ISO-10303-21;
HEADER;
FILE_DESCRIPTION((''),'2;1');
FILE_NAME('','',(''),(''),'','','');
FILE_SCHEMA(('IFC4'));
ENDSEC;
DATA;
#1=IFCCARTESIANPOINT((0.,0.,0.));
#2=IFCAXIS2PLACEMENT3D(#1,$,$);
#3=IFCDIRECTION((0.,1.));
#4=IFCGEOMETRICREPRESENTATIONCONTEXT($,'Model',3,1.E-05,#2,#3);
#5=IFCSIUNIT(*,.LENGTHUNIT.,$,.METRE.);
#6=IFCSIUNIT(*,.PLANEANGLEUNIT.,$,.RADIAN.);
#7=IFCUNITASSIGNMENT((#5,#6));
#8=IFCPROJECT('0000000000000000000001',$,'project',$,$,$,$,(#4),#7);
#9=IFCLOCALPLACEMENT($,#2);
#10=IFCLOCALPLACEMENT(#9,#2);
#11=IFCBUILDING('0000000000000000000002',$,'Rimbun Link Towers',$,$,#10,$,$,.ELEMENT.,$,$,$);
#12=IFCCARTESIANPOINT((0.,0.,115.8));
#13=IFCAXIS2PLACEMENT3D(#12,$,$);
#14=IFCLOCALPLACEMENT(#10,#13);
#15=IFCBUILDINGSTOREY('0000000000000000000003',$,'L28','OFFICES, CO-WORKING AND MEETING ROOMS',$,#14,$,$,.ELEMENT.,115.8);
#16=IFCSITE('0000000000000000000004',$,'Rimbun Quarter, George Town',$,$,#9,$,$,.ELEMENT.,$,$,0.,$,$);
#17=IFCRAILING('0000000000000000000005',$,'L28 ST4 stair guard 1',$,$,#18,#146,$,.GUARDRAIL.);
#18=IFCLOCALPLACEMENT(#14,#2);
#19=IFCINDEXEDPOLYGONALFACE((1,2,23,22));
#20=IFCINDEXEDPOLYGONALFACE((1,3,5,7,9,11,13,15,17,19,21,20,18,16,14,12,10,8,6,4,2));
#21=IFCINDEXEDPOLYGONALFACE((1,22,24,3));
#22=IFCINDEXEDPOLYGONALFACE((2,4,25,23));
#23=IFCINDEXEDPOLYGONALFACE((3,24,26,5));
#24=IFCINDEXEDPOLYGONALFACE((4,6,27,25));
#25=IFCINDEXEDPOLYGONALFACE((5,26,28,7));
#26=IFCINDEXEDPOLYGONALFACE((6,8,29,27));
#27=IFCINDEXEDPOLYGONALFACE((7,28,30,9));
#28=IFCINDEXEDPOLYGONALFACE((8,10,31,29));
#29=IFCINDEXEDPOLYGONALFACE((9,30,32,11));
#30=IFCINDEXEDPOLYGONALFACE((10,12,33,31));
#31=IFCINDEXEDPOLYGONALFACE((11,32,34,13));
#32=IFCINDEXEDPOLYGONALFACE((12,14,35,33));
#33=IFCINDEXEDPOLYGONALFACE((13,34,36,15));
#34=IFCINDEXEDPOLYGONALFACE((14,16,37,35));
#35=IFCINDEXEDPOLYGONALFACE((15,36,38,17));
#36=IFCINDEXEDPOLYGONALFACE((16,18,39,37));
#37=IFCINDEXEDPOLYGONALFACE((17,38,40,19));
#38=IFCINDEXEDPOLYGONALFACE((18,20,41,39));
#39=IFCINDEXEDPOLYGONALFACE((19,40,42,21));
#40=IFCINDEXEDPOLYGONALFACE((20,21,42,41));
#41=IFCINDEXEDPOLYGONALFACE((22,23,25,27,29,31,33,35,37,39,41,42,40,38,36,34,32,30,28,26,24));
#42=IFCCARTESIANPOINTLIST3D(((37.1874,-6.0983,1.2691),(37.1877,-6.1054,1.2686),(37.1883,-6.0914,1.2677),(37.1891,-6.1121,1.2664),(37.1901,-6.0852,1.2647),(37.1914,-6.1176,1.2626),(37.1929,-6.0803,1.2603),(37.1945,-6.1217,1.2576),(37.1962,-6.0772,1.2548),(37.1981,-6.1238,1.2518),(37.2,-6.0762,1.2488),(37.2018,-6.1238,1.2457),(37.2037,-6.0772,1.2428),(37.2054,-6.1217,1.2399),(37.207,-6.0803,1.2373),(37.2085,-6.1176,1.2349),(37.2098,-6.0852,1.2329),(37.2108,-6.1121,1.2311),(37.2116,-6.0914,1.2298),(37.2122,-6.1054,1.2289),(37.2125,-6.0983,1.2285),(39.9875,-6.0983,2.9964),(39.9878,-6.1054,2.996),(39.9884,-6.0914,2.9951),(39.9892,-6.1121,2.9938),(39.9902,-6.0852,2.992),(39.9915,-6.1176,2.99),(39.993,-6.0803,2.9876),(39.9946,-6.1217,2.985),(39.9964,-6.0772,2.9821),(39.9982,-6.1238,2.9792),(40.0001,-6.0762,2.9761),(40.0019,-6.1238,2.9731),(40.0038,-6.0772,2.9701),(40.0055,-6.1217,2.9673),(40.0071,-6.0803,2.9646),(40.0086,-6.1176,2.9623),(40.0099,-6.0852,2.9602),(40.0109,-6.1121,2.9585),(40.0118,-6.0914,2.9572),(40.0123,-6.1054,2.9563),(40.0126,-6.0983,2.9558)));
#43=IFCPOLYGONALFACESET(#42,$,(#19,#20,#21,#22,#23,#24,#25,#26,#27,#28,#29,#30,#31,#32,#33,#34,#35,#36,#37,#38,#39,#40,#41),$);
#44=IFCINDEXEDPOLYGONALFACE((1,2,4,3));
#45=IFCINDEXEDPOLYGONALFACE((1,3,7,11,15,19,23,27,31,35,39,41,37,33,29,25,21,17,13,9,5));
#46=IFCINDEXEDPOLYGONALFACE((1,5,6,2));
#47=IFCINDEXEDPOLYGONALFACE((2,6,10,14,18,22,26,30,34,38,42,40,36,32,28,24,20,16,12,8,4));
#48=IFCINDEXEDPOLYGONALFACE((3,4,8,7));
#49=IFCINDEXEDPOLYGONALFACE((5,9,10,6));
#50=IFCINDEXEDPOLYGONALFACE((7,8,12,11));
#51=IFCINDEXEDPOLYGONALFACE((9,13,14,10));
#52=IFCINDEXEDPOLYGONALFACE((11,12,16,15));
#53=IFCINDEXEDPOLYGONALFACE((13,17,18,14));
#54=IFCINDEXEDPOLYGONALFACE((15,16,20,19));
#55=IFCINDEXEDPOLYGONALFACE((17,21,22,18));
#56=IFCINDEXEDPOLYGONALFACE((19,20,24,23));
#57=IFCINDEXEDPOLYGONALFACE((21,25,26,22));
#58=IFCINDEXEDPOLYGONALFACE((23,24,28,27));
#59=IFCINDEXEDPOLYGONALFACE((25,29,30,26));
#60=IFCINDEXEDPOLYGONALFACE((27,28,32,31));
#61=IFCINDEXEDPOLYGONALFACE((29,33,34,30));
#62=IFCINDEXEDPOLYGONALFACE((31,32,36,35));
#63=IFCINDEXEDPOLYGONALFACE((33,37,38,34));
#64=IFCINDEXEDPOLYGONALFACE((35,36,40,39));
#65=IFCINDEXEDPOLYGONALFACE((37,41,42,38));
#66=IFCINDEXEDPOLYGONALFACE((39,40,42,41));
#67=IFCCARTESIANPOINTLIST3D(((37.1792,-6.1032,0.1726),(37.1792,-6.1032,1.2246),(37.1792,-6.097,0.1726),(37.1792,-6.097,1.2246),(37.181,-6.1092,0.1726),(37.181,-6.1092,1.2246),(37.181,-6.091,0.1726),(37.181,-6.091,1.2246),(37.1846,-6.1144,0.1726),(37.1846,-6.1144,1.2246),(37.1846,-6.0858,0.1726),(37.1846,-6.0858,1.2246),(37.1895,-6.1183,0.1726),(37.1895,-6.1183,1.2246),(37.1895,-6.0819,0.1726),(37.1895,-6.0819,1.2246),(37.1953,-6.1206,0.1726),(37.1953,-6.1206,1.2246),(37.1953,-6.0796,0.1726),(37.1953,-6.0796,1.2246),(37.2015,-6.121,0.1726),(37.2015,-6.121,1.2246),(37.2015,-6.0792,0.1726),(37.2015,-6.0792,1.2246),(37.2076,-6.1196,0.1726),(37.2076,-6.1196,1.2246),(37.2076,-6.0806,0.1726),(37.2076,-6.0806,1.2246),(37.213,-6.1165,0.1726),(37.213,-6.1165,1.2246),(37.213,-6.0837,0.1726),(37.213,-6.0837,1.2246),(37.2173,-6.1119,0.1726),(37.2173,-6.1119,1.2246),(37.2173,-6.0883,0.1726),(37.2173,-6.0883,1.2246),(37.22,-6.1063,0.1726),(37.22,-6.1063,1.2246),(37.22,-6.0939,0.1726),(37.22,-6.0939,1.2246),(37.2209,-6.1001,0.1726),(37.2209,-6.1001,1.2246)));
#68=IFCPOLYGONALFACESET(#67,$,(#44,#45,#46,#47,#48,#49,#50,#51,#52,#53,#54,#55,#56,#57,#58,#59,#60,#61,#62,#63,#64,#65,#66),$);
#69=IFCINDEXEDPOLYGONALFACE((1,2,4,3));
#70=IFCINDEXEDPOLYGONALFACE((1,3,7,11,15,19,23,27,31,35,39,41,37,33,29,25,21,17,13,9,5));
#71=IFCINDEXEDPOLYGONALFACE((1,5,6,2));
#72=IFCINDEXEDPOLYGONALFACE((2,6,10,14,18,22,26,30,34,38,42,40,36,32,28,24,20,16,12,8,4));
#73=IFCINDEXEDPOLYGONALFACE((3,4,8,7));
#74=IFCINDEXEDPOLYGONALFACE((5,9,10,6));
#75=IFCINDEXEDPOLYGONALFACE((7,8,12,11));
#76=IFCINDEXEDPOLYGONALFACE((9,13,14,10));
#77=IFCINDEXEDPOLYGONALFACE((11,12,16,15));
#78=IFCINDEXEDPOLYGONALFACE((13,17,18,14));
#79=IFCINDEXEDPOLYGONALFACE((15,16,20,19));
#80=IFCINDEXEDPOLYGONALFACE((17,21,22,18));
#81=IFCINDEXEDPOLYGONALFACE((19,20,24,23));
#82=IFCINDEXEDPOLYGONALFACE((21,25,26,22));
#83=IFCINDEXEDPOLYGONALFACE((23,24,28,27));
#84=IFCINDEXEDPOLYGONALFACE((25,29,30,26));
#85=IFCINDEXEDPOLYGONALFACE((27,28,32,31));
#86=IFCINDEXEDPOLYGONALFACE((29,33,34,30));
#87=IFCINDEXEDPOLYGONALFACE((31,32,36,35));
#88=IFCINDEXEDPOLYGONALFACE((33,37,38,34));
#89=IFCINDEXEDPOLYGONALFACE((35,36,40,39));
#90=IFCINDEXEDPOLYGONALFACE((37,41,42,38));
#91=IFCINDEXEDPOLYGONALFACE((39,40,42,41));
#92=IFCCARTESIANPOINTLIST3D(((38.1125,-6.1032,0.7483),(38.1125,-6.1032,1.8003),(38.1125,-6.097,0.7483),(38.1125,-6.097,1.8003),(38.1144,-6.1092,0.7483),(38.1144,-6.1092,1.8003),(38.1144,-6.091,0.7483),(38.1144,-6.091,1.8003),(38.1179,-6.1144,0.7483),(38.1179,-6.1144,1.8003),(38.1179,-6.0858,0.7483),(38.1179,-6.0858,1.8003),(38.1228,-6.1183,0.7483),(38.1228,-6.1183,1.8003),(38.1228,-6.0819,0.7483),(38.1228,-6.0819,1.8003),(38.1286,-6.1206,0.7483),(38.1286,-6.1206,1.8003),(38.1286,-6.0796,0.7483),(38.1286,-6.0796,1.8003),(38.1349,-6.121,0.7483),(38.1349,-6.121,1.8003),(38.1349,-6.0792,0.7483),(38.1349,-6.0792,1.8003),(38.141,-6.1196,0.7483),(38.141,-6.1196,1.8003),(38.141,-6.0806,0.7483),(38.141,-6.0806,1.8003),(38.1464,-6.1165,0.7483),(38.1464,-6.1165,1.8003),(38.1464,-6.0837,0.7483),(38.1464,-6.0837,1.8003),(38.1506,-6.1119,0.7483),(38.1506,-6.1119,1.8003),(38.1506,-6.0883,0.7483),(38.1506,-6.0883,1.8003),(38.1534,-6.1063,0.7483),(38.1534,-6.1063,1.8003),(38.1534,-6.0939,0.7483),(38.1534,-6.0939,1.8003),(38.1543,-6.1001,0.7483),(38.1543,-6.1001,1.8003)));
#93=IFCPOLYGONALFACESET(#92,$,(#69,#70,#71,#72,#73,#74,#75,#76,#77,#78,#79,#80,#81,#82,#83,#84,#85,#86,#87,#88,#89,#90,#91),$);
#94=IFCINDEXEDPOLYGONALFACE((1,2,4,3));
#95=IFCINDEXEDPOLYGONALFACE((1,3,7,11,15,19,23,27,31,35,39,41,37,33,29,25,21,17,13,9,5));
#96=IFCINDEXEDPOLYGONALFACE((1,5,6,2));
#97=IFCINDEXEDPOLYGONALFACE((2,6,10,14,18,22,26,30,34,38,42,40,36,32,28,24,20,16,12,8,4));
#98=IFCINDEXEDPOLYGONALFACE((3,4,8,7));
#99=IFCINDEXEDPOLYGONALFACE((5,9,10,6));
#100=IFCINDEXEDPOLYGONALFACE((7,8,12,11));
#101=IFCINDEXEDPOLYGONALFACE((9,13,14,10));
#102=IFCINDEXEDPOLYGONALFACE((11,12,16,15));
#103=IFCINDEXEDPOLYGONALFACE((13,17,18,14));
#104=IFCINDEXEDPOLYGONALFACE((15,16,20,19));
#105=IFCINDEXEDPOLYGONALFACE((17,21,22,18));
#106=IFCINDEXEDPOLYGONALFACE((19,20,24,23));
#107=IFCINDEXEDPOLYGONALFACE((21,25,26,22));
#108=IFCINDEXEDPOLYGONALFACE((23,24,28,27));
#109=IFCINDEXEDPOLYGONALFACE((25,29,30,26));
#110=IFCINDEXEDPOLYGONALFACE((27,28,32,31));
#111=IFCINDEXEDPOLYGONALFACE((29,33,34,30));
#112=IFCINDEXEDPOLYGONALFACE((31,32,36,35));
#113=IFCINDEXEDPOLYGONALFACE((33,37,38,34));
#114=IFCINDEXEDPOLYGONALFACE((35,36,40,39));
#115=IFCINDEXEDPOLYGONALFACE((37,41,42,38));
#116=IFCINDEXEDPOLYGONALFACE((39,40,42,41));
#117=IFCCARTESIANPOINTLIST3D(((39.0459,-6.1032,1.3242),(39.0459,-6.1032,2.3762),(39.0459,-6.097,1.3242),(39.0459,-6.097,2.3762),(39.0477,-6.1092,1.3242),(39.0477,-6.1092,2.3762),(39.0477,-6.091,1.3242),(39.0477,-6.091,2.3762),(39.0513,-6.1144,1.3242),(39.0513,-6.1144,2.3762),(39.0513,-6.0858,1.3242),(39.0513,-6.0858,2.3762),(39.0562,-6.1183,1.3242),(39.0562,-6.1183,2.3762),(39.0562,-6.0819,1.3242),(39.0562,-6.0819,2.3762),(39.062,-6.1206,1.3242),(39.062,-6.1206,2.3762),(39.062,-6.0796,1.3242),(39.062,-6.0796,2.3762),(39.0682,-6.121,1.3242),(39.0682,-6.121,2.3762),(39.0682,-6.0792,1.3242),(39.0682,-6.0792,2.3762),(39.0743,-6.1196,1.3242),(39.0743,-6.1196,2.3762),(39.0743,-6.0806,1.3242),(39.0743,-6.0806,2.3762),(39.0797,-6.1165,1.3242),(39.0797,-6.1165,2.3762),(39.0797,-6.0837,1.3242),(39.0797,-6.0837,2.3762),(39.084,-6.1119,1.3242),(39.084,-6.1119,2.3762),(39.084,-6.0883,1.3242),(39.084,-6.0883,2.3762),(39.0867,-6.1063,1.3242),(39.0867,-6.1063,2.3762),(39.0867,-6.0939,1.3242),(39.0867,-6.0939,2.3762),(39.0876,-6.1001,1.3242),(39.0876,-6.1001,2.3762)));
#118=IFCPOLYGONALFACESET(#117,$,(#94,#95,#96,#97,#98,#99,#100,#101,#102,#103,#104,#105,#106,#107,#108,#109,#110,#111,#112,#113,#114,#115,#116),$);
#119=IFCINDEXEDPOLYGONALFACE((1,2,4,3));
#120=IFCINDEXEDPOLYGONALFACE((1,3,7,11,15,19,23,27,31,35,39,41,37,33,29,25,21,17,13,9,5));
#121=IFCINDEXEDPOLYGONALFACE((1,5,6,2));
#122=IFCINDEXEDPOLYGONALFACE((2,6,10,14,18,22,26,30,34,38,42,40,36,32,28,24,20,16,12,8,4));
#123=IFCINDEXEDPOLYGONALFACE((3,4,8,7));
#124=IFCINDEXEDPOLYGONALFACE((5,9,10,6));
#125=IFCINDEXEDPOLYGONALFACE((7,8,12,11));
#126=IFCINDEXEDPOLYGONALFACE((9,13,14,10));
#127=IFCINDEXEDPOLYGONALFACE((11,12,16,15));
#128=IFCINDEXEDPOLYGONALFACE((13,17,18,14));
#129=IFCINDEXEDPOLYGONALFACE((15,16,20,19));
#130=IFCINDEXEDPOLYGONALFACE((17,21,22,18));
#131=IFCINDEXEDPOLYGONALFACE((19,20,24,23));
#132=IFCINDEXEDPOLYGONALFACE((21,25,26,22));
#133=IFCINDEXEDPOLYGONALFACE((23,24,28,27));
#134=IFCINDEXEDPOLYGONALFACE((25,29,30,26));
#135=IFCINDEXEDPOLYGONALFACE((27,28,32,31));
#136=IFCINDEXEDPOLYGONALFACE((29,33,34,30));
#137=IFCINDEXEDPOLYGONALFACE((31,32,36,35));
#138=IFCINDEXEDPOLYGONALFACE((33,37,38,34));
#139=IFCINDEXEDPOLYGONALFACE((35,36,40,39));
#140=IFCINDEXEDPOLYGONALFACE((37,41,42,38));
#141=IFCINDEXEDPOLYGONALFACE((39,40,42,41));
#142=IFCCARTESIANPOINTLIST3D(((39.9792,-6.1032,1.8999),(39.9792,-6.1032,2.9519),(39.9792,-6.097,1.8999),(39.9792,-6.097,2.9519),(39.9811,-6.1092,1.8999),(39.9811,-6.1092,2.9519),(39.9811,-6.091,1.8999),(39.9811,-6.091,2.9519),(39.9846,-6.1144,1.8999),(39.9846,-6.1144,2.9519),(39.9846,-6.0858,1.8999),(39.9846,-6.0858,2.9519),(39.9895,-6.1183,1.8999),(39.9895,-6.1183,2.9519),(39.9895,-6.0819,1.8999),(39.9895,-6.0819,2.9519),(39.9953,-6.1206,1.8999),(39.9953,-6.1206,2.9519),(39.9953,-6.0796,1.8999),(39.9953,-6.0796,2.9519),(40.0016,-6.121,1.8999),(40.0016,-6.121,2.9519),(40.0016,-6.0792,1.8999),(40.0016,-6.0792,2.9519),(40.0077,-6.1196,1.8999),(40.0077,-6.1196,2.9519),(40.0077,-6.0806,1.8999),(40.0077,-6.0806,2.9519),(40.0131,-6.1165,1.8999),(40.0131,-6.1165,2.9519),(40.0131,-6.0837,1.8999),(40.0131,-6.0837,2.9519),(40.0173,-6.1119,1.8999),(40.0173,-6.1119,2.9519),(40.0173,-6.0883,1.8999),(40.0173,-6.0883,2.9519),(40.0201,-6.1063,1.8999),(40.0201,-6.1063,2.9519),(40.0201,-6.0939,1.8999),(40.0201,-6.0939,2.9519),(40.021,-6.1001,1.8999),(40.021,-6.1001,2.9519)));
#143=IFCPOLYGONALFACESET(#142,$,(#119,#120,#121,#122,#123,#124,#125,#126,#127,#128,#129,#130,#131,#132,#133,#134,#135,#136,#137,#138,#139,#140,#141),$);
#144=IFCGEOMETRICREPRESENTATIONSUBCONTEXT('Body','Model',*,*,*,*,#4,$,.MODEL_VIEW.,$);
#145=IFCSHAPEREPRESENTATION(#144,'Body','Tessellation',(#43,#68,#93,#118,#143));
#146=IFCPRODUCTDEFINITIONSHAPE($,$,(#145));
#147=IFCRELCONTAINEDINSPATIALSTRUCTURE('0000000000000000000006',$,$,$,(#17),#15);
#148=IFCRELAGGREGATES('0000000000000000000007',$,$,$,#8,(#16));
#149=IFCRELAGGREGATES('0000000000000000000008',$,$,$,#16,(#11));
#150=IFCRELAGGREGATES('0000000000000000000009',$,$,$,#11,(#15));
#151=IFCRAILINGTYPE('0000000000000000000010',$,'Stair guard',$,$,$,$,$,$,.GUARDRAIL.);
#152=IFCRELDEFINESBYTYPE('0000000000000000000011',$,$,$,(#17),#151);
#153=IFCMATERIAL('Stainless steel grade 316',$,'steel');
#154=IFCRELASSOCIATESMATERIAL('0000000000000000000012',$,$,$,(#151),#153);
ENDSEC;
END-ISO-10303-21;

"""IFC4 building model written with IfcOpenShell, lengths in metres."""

from ifc_helpers import new_model, si_unit, direction, frame, origin, origin_2d, place, context, subcontext, project, spatial, circle, extrude, material, type_object, element, save


model = new_model("IFC4")

# Units and contexts
model_context = context("Model", 3, precision=1e-05, world=origin(), true_north=direction((0.0, 1.0)))
body_context = subcontext(model_context, "Body", "Model", "MODEL_VIEW")
ifc_project = project(units=[si_unit("LENGTHUNIT", "METRE"), si_unit("PLANEANGLEUNIT", "RADIAN")], contexts=[model_context])

# Site, building, storey
site_placement = place(None, origin())
site = spatial("IfcSite", under=ifc_project, at=site_placement, Name="Rimbun Quarter, George Town", CompositionType="ELEMENT", RefElevation=0.0)
building_placement = place(site_placement, origin())
building = spatial("IfcBuilding", under=site, at=building_placement, Name="Rimbun Link Towers", CompositionType="ELEMENT")
storey_placement = place(building_placement, frame((0.0, 0.0, 115.8)))
storey = spatial("IfcBuildingStorey", under=building, at=storey_placement, Name="L28", Description="OFFICES, CO-WORKING AND MEETING ROOMS", CompositionType="ELEMENT", Elevation=115.8)

# Railing
ifc_material_1 = material(Name="Stainless steel grade 316", Category="steel")
railing_type_1 = type_object("IfcRailingType", Name="Stair guard", PredefinedType="GUARDRAIL", material=ifc_material_1)
railing_1_placement = place(storey_placement, frame((37.2, -6.1001, 0.1726)))
element("IfcRailing", 1, at=railing_1_placement, inside=storey, type_object=railing_type_1, Name="L28 ST4 stair guard 1", PredefinedType="GUARDRAIL", context=body_context, shape_type="SweptSolid", body=[
    extrude(circle(Radius=0.0239, at=origin_2d()), frame((0.0, 0.0, 1.0762), z_axis=(0.85109, 0.0, 0.52502), x_axis=(0.0, 1.0, 0.0)), (0.0, 0.0, 1.0), 3.29),
    extrude(circle(Radius=0.021, at=origin_2d()), origin(), (0.0, 0.0, 1.0), 1.052),
    extrude(circle(Radius=0.021, at=origin_2d()), frame((0.9333, 0.0, 0.5757)), (0.0, 0.0, 1.0), 1.052),
    extrude(circle(Radius=0.021, at=origin_2d()), frame((1.8667, 0.0, 1.1516)), (0.0, 0.0, 1.0), 1.052),
    extrude(circle(Radius=0.021, at=origin_2d()), frame((2.8, 0.0, 1.7273)), (0.0, 0.0, 1.0), 1.052),
])

save(model, "model.ifc")
